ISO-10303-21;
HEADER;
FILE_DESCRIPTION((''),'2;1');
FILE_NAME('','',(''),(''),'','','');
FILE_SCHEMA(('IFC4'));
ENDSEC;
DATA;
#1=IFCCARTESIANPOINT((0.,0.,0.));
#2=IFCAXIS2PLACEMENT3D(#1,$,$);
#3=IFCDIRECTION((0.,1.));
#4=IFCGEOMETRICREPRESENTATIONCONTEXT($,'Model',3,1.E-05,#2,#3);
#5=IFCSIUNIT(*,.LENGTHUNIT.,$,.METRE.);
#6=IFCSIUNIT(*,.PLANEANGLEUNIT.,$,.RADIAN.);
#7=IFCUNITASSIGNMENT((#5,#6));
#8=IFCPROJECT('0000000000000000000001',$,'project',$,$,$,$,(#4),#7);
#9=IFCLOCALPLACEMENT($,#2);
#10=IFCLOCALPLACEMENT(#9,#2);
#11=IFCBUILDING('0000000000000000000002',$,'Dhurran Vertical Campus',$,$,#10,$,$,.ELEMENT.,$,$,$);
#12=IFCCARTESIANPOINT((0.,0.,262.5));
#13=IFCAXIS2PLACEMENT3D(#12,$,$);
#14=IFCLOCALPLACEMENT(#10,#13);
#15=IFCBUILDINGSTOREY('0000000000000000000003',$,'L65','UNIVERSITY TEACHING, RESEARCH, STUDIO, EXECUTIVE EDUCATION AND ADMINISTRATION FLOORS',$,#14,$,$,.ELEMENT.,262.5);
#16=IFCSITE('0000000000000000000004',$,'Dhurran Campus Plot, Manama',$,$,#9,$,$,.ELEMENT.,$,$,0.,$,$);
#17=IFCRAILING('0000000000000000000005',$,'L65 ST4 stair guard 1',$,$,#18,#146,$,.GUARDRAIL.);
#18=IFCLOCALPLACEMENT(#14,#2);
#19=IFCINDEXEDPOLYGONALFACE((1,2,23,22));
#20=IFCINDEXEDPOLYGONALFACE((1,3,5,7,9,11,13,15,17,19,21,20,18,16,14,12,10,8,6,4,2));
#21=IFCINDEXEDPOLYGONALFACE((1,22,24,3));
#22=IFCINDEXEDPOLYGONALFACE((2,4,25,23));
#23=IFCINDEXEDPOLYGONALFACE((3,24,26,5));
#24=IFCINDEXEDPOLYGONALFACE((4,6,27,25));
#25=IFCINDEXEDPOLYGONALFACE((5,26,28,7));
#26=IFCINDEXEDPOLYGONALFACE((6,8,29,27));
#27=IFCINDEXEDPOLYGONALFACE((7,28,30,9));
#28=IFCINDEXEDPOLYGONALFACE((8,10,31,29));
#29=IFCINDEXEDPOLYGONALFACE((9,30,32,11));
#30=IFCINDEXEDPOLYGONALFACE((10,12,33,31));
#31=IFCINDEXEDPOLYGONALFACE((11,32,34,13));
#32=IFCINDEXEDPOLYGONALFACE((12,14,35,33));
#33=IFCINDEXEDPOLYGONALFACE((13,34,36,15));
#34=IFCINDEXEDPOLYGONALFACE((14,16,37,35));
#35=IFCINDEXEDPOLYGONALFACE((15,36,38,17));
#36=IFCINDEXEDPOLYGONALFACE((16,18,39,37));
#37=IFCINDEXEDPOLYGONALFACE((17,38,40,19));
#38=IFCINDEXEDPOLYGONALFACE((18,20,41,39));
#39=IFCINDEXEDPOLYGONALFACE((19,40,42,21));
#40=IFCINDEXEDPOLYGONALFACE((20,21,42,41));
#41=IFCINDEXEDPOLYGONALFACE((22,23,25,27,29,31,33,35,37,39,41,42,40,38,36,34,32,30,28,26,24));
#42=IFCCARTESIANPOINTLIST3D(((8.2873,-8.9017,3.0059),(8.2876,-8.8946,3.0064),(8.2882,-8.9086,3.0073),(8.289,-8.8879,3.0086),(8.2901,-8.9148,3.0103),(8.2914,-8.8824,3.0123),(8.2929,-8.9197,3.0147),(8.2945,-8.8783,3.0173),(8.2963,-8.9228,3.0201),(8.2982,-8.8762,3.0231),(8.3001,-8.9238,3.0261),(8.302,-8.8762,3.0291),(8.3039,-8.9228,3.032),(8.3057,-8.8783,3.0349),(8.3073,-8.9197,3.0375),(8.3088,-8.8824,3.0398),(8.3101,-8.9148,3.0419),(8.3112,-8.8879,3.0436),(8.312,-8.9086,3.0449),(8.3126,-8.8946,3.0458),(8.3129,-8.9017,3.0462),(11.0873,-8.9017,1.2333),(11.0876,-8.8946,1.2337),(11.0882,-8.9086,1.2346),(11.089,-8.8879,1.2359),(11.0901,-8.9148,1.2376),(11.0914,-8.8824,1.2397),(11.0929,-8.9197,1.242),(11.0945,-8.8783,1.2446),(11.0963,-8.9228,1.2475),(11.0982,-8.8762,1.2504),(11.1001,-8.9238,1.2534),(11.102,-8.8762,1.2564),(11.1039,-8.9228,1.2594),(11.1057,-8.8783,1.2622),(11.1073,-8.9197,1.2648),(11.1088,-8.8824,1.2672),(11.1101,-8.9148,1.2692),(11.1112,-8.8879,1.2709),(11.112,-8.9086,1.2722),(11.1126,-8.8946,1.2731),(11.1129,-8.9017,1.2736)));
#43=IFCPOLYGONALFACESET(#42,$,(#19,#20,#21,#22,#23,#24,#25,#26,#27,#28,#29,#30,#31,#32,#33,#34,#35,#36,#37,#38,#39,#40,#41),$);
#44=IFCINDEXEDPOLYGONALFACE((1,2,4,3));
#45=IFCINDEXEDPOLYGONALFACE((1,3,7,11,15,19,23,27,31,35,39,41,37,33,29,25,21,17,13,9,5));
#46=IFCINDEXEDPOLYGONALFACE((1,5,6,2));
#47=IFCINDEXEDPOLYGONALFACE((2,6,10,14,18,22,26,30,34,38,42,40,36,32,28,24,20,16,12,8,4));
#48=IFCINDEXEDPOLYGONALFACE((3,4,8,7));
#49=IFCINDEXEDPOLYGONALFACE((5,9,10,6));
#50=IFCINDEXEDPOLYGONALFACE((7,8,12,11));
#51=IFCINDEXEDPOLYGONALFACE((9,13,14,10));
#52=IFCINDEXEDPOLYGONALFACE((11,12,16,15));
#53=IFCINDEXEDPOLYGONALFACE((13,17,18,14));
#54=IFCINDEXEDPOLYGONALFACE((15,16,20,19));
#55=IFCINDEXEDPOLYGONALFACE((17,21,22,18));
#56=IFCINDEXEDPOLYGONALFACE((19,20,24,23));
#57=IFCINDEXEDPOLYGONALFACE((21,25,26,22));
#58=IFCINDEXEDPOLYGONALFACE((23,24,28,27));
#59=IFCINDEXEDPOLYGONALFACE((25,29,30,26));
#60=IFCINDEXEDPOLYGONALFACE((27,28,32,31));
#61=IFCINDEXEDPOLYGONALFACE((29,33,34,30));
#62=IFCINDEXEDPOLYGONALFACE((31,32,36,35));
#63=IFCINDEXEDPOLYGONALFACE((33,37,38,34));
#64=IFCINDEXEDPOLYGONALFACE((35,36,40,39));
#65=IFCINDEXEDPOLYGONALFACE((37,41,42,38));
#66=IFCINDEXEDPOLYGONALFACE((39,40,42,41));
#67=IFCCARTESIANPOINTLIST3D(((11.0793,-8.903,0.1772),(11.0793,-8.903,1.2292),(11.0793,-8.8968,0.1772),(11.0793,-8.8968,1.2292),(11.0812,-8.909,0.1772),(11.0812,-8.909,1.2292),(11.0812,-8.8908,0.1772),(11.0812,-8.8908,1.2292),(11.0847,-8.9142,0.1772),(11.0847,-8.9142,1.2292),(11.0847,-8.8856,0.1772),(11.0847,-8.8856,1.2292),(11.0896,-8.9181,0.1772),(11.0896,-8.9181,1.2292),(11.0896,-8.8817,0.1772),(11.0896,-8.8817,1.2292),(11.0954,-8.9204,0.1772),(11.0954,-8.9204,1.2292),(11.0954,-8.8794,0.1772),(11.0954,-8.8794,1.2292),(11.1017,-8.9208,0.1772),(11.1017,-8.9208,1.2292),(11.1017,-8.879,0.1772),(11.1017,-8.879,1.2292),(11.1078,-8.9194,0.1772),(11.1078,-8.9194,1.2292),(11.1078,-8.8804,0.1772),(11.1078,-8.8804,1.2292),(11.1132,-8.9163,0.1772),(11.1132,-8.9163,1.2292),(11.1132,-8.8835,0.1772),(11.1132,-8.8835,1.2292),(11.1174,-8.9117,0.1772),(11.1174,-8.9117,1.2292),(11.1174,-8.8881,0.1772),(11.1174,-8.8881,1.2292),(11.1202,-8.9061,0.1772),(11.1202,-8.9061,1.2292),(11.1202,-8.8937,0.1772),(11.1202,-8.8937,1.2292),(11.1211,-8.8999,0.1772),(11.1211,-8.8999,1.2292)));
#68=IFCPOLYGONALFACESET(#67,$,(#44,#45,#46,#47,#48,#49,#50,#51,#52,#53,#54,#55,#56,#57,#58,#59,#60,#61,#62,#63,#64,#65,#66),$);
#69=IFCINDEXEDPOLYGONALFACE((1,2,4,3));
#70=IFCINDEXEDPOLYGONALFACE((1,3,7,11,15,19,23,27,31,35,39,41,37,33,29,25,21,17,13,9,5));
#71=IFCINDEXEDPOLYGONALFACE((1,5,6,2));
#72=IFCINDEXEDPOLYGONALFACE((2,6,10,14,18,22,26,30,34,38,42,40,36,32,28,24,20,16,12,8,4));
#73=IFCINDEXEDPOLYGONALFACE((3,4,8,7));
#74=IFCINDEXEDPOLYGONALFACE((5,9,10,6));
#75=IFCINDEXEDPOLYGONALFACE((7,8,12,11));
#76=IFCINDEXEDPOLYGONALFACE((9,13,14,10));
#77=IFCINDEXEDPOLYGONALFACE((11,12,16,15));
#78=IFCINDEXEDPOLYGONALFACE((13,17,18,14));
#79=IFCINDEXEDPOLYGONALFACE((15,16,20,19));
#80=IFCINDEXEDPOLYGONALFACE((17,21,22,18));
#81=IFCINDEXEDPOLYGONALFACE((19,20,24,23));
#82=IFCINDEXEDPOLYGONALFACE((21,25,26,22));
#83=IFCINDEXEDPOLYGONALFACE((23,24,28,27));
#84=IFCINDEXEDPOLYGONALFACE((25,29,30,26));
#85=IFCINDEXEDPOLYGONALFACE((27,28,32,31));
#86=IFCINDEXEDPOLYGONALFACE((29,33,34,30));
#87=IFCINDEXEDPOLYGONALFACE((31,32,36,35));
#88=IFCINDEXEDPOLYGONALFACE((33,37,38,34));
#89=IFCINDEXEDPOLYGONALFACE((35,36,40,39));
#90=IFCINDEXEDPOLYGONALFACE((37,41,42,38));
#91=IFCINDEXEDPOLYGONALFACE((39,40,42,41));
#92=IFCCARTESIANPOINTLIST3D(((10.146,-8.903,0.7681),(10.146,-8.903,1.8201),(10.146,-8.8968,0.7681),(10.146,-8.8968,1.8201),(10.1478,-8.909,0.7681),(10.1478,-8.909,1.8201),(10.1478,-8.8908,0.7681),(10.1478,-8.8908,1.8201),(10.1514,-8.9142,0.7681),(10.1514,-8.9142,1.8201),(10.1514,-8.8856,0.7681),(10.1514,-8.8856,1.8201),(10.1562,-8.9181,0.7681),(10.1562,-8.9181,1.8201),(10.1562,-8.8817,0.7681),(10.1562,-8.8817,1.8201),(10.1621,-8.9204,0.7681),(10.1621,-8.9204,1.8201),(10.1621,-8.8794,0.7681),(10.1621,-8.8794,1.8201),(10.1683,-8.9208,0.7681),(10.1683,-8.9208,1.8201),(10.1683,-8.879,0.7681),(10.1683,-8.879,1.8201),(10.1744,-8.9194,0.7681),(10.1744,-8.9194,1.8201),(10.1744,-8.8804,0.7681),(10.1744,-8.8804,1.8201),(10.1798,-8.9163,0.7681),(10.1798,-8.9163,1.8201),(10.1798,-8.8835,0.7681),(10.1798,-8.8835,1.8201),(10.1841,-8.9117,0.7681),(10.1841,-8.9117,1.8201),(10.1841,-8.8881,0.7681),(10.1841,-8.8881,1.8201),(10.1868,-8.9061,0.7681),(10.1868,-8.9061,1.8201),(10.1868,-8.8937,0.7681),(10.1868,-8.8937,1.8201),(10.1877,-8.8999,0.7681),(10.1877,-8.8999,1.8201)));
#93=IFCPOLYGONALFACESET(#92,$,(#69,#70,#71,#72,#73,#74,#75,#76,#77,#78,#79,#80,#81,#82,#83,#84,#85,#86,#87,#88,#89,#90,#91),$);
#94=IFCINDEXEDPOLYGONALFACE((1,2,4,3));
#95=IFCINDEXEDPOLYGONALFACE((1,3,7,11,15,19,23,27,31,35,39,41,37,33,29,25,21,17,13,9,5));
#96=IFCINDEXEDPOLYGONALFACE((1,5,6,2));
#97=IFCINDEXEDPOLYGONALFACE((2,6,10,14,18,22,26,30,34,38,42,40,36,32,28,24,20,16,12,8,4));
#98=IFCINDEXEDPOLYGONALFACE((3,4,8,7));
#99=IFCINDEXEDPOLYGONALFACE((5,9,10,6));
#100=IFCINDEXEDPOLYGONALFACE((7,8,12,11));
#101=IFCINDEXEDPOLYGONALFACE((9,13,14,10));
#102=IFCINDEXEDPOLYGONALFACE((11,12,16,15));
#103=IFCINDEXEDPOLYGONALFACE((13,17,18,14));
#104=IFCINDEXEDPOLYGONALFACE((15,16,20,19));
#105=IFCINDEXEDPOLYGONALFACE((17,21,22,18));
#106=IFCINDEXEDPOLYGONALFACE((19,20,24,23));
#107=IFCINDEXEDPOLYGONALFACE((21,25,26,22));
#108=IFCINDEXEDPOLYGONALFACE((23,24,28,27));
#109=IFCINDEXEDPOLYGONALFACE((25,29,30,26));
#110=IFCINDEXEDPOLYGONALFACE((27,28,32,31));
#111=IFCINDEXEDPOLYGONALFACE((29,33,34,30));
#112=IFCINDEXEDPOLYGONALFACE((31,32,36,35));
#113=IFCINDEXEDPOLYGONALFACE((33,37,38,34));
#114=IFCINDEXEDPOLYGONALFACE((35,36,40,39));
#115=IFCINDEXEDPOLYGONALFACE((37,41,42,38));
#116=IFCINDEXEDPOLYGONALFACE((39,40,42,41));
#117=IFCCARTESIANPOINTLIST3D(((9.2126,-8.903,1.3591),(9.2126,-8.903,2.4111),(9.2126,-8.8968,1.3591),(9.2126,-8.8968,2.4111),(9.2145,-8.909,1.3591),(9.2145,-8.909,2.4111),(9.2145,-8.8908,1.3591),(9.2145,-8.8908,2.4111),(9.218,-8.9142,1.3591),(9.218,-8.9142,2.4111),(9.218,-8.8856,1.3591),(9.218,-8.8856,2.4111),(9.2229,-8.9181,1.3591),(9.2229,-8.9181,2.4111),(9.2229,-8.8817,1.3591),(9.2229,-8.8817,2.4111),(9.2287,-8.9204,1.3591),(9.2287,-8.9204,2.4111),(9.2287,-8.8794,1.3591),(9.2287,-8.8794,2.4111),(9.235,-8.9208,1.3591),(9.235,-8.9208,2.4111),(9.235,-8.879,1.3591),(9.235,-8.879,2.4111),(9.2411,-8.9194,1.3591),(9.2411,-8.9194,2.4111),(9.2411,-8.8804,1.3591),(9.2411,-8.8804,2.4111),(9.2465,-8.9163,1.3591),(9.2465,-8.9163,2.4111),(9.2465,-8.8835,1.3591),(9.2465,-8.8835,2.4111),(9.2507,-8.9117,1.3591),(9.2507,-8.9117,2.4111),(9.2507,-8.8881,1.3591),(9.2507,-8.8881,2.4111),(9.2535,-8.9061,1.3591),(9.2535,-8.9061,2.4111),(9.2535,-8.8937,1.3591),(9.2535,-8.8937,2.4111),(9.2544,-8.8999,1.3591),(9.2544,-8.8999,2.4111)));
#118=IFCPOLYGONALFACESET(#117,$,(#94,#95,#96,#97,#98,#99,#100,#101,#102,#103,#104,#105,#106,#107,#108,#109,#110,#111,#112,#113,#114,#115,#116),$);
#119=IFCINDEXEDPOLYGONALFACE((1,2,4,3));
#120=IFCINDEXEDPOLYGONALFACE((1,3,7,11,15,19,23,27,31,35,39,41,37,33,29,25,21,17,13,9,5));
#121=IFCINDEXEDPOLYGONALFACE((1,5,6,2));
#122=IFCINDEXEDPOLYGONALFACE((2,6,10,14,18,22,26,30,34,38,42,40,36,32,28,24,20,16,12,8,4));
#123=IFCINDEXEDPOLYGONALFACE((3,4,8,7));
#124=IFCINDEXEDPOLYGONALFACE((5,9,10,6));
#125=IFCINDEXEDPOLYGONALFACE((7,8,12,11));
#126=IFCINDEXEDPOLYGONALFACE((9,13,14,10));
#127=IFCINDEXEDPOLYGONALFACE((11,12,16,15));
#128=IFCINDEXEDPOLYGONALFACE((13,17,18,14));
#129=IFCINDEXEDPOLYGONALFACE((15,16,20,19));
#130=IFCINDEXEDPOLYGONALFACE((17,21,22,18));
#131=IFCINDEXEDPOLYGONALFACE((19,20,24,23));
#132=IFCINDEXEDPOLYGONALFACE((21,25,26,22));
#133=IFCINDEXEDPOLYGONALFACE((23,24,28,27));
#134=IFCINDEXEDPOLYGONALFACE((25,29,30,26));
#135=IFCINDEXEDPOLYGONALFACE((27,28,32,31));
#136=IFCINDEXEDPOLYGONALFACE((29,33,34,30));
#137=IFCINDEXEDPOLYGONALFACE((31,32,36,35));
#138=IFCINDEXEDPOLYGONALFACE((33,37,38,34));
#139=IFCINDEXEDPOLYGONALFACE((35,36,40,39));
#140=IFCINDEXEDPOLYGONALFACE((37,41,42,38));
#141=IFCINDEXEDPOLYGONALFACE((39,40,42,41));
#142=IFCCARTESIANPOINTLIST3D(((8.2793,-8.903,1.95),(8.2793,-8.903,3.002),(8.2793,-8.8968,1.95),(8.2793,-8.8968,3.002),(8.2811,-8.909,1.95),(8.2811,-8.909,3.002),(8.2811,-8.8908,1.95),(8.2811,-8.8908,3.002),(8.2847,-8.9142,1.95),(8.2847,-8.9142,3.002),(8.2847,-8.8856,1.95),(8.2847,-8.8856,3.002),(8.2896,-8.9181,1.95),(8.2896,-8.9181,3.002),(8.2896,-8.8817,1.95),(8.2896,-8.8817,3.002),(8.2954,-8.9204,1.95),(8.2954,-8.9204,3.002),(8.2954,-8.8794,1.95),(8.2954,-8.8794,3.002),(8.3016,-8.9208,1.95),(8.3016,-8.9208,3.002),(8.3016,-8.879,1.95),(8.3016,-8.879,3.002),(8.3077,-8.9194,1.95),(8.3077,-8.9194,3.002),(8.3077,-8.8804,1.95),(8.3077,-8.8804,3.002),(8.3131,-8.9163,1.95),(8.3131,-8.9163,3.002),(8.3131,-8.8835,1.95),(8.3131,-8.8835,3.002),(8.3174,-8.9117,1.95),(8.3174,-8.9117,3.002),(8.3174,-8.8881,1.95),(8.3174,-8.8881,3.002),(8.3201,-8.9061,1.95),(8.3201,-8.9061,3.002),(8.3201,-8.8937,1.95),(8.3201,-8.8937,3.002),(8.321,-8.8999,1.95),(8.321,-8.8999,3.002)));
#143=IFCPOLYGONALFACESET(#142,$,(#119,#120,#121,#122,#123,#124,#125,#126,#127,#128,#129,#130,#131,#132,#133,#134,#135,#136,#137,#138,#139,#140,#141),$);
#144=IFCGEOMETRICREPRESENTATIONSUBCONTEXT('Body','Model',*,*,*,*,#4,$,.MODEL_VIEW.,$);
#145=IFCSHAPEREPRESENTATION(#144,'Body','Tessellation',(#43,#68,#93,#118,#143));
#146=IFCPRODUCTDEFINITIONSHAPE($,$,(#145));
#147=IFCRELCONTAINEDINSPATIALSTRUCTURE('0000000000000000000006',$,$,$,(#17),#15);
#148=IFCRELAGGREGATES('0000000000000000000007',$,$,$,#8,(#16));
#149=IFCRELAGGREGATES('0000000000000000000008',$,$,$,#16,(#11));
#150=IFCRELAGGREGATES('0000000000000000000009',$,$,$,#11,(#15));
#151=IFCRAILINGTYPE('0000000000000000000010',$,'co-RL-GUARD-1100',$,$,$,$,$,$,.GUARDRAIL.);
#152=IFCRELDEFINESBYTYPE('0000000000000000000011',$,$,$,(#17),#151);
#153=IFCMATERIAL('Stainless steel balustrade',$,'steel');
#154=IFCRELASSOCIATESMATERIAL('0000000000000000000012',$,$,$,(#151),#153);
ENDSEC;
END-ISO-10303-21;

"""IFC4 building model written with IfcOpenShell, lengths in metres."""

from ifc_helpers import new_model, si_unit, direction, frame, origin, origin_2d, place, context, subcontext, project, spatial, circle, extrude, material, type_object, element, save


model = new_model("IFC4")

# Units and contexts
model_context = context("Model", 3, precision=1e-05, world=origin(), true_north=direction((0.0, 1.0)))
body_context = subcontext(model_context, "Body", "Model", "MODEL_VIEW")
ifc_project = project(units=[si_unit("LENGTHUNIT", "METRE"), si_unit("PLANEANGLEUNIT", "RADIAN")], contexts=[model_context])

# Site, building, storey
site_placement = place(None, origin())
site = spatial("IfcSite", under=ifc_project, at=site_placement, Name="Dhurran Campus Plot, Manama", CompositionType="ELEMENT", RefElevation=0.0)
building_placement = place(site_placement, origin())
building = spatial("IfcBuilding", under=site, at=building_placement, Name="Dhurran Vertical Campus", CompositionType="ELEMENT")
storey_placement = place(building_placement, frame((0.0, 0.0, 262.5)))
storey = spatial("IfcBuildingStorey", under=building, at=storey_placement, Name="L65", Description="UNIVERSITY TEACHING, RESEARCH, STUDIO, EXECUTIVE EDUCATION AND ADMINISTRATION FLOORS", CompositionType="ELEMENT", Elevation=262.5)

# Railing
ifc_material_1 = material(Name="Stainless steel balustrade", Category="steel")
railing_type_1 = type_object("IfcRailingType", Name="co-RL-GUARD-1100", PredefinedType="GUARDRAIL", material=ifc_material_1)
railing_1_placement = place(storey_placement, frame((11.1001, -8.8999, 0.1772)))
element("IfcRailing", 1, at=railing_1_placement, inside=storey, type_object=railing_type_1, Name="L65 ST4 stair guard 1", PredefinedType="GUARDRAIL", context=body_context, shape_type="SweptSolid", body=[
    extrude(circle(Radius=0.0239, at=origin_2d()), frame((0.0, 0.0, 1.0762), z_axis=(-0.844909, 0.0, 0.53491), x_axis=(0.0, -1.0, 0.0)), (0.0, 0.0, 1.0), 3.314),
    extrude(circle(Radius=0.021, at=origin_2d()), origin(), (0.0, 0.0, 1.0), 1.052),
    extrude(circle(Radius=0.021, at=origin_2d()), frame((-0.9333, 0.0, 0.5908)), (0.0, 0.0, 1.0), 1.052),
    extrude(circle(Radius=0.021, at=origin_2d()), frame((-1.8667, 0.0, 1.1819)), (0.0, 0.0, 1.0), 1.052),
    extrude(circle(Radius=0.021, at=origin_2d()), frame((-2.8, 0.0, 1.7727)), (0.0, 0.0, 1.0), 1.052),
])

save(model, "model.ifc")
